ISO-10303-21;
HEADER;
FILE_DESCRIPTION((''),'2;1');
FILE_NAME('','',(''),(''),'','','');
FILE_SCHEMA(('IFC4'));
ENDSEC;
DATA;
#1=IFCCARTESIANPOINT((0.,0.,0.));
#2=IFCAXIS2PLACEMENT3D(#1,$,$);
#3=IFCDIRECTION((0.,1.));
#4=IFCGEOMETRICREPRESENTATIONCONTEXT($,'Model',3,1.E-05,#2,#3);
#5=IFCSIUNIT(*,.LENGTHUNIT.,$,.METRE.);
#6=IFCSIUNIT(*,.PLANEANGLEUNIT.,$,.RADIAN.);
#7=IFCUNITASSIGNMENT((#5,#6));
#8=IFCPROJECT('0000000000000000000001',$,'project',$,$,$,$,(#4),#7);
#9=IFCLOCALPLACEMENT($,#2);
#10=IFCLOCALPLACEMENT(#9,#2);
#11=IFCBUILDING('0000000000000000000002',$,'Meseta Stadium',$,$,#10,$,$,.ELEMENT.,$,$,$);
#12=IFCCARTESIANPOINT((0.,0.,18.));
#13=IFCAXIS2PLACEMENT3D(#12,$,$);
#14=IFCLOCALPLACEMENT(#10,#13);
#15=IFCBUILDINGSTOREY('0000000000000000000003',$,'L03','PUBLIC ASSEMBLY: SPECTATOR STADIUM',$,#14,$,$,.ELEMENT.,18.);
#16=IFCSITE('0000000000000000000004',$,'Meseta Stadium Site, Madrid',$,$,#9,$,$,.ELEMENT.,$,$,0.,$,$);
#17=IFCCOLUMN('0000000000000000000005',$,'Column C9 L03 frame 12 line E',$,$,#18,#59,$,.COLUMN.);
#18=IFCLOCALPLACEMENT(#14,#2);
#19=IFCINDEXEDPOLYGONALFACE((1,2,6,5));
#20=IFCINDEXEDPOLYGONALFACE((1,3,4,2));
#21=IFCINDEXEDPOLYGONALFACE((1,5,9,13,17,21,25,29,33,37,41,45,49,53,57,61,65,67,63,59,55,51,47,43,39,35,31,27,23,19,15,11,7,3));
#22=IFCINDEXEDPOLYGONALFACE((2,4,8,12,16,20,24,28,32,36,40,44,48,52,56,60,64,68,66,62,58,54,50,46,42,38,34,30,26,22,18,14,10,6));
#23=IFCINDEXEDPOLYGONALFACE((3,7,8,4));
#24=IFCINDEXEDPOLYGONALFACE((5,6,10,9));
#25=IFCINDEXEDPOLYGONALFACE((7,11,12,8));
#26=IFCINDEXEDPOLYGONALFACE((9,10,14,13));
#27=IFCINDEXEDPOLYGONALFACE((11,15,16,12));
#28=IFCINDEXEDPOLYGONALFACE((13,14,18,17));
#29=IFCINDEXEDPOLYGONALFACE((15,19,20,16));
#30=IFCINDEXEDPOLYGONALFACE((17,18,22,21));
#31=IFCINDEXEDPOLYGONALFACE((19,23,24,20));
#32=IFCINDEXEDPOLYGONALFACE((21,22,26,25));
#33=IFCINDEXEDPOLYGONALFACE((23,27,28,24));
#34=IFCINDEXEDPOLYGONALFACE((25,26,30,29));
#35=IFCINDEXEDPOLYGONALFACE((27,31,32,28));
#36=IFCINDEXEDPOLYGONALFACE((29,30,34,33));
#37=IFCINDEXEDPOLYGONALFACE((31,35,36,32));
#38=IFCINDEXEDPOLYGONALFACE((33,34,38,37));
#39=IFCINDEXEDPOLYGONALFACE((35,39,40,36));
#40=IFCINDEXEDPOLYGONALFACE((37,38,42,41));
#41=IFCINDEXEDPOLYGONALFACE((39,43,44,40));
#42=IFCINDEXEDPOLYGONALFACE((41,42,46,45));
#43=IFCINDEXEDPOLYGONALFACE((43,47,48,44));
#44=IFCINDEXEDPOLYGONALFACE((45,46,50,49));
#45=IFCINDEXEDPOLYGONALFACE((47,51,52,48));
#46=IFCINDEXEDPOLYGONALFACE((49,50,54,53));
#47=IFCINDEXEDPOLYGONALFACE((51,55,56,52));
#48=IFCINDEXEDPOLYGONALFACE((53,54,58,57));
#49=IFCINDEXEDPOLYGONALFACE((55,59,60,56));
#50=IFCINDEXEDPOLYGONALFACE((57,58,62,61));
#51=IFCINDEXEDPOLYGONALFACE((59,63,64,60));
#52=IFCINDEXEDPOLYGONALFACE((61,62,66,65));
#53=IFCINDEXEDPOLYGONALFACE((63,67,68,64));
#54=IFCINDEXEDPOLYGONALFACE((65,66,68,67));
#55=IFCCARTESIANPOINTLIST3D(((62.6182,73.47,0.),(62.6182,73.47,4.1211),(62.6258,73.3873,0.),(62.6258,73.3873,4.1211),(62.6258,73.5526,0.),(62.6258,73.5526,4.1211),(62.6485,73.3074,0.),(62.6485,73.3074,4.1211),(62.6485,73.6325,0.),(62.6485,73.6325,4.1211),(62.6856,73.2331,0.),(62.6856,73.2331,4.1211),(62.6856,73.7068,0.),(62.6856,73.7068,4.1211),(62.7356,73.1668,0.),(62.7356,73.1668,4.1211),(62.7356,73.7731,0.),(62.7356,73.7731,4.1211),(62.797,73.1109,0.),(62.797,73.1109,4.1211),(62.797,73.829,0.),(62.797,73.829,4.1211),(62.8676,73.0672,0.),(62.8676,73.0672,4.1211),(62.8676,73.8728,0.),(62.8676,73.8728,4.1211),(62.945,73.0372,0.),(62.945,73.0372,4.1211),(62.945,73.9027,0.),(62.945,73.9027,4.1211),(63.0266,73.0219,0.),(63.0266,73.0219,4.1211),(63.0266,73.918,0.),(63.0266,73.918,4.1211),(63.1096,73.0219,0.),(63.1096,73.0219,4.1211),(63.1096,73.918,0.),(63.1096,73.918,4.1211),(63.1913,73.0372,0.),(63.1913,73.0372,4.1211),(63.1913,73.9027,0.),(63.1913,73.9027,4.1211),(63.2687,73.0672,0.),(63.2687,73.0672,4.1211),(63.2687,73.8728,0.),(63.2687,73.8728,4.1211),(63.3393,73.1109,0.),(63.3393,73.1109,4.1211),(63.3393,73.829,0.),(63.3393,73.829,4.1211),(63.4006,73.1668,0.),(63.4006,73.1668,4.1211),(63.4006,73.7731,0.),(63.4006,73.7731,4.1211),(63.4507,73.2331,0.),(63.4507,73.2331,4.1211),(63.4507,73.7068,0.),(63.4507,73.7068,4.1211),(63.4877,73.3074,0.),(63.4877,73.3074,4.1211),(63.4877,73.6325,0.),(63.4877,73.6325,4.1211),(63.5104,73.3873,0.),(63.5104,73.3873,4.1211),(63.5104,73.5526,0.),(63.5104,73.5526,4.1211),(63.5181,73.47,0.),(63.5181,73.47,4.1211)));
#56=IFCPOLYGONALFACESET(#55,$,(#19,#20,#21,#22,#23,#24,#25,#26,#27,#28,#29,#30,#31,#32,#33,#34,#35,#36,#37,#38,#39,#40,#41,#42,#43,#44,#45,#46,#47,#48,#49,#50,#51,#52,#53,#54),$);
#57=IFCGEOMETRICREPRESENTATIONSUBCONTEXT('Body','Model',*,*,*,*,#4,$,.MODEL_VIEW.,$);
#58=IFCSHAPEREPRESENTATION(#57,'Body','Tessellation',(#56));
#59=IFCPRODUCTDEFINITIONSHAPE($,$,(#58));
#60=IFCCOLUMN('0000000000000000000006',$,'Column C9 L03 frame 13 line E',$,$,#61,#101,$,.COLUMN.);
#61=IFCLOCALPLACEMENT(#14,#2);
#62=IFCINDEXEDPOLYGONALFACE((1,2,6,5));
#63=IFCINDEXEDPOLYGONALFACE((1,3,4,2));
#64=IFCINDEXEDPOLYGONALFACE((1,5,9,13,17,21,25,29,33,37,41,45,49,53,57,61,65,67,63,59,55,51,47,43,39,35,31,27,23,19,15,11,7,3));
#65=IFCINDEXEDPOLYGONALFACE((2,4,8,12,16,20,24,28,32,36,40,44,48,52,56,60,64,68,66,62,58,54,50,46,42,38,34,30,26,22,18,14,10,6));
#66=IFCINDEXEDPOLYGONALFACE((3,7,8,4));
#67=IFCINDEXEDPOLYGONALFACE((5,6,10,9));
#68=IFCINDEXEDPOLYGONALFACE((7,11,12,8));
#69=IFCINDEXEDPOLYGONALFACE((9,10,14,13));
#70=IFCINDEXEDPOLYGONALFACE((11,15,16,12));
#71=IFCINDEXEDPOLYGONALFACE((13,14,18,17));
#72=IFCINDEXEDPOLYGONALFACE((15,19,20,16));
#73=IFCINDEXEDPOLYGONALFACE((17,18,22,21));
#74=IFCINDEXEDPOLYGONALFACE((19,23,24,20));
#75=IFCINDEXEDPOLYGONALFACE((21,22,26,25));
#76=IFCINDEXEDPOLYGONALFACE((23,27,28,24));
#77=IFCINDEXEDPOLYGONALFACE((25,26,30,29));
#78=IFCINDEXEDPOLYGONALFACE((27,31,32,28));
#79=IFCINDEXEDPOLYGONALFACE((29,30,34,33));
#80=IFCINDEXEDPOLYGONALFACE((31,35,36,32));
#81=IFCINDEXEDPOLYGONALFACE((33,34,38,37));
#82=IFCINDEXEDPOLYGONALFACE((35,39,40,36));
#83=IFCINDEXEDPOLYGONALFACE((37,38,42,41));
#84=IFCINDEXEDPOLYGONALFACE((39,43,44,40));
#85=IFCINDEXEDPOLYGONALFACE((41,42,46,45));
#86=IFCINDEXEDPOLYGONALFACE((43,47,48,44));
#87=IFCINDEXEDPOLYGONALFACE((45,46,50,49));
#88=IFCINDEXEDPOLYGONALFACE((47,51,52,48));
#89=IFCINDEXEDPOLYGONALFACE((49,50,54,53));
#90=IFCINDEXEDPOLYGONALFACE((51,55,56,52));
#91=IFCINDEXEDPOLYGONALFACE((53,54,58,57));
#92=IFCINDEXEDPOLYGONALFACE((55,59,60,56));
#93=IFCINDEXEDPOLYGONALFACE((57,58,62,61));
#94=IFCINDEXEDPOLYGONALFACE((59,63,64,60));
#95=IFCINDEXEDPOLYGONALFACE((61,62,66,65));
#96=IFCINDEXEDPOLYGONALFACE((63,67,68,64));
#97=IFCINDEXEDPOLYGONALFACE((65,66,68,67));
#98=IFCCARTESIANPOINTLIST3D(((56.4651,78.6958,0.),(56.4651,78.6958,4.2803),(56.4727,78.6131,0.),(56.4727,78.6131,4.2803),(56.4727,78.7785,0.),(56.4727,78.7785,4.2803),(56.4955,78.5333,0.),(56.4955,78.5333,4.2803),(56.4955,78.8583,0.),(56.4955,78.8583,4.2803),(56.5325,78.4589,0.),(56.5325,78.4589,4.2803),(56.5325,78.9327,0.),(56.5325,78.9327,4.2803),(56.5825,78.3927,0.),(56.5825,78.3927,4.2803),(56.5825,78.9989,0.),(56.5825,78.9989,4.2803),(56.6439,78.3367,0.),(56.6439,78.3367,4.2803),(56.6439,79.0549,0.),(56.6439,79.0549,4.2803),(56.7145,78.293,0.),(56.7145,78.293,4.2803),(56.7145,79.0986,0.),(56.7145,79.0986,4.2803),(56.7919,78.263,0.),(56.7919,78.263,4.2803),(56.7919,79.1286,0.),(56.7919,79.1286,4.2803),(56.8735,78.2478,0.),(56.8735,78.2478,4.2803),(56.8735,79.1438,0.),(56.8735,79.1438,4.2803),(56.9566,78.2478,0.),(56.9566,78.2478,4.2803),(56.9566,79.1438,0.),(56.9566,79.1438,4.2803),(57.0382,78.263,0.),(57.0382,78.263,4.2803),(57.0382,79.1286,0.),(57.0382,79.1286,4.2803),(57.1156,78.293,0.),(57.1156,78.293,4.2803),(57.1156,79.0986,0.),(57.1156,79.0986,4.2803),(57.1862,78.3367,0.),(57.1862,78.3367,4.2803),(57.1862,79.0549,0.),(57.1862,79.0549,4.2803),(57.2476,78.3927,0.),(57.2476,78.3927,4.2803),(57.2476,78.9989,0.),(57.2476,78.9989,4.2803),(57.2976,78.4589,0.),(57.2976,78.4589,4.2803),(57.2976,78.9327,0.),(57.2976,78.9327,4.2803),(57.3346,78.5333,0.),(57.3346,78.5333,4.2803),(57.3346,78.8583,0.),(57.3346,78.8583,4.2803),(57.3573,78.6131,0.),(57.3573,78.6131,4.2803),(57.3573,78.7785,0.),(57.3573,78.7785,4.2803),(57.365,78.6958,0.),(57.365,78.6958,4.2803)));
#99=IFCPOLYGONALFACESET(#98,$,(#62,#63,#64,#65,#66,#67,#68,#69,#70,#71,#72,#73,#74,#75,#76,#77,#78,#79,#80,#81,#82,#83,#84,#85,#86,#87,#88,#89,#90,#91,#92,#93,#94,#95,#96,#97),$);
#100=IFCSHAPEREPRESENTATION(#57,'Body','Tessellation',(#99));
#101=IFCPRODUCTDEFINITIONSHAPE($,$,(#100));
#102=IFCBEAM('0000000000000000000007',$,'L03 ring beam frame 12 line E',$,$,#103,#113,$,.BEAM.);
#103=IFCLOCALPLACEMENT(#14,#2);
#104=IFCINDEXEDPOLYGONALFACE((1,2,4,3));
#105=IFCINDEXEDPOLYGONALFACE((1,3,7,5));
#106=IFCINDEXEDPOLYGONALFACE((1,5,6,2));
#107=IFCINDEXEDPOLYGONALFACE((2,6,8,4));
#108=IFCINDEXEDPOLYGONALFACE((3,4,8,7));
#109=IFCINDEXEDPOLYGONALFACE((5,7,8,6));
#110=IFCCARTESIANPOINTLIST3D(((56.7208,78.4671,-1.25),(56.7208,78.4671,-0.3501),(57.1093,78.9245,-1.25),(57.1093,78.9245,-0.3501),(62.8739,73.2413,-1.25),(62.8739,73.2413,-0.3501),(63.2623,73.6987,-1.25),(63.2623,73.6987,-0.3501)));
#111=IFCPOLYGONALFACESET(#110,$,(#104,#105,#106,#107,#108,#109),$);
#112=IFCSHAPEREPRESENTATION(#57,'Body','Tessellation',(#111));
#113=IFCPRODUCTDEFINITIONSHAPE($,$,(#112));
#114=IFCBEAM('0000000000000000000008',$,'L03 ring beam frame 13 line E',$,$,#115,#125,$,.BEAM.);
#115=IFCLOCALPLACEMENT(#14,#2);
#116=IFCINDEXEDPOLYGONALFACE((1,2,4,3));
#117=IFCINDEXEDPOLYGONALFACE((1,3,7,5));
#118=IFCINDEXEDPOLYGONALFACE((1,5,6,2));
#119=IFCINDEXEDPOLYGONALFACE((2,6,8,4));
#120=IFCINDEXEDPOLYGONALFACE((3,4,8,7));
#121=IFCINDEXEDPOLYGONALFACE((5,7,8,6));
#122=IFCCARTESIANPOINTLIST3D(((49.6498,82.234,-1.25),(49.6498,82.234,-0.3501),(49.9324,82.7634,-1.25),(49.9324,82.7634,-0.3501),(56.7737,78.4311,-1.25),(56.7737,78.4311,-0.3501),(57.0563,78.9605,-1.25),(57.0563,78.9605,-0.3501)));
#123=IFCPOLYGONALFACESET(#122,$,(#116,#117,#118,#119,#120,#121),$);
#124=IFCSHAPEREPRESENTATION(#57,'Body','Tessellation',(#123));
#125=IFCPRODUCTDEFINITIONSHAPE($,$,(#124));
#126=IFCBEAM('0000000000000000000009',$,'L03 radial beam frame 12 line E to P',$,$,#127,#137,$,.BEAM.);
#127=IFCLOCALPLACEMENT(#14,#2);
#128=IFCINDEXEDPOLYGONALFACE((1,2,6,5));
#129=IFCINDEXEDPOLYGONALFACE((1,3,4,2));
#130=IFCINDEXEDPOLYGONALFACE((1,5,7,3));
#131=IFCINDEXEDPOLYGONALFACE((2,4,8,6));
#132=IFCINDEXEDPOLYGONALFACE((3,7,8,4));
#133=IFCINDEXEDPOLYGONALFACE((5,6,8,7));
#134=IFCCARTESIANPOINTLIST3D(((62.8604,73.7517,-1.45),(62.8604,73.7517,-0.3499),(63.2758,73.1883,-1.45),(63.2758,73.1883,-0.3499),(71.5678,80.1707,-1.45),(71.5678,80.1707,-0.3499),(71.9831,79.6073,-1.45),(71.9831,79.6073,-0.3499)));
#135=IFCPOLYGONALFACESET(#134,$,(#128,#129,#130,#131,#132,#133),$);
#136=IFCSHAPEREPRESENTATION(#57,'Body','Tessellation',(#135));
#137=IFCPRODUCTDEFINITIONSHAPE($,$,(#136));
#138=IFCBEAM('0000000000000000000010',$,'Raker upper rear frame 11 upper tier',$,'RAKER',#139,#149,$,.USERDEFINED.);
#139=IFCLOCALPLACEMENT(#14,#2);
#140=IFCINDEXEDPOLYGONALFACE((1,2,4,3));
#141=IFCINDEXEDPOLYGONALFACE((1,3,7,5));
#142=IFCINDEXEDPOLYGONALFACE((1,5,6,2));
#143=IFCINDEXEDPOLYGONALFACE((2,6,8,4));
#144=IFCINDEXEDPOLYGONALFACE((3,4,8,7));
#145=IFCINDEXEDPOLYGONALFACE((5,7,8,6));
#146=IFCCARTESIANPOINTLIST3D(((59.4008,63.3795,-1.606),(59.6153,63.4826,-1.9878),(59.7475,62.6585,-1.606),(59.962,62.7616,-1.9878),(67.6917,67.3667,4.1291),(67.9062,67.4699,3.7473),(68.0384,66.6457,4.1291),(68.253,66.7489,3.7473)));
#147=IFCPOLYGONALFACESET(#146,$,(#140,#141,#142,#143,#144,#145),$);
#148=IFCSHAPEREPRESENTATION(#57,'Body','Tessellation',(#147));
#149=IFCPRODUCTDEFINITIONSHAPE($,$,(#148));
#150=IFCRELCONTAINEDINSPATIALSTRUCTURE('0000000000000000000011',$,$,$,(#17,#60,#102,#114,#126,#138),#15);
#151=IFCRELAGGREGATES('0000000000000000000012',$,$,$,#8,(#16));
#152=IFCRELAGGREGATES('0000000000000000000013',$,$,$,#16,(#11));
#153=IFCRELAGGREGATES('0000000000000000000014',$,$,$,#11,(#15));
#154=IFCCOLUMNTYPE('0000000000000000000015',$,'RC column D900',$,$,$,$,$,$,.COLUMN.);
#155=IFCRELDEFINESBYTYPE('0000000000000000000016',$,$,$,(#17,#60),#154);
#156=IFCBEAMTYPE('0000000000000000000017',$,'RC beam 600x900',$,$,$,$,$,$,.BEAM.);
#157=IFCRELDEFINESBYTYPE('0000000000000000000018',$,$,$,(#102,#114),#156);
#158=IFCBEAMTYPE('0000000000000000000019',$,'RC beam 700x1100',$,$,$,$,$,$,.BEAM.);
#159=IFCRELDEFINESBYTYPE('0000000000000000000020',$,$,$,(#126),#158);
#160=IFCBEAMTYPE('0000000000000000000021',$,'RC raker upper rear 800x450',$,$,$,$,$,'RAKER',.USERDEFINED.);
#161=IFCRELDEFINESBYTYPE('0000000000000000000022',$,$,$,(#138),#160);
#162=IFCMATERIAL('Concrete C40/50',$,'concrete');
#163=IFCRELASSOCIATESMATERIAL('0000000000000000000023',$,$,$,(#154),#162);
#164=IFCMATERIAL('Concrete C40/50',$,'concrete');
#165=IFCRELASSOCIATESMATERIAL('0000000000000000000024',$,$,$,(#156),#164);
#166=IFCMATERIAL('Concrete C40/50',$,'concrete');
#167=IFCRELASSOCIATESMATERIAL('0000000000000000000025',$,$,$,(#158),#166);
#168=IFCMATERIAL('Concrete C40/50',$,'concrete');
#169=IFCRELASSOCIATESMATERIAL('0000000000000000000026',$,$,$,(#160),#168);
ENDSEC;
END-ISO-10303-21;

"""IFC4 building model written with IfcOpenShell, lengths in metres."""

from ifc_helpers import new_model, si_unit, direction, frame, origin, origin_2d, place, context, subcontext, project, spatial, rectangle, circle, extrude, material, material_profile, profile_set, type_object, element, save


model = new_model("IFC4")

# Units and contexts
model_context = context("Model", 3, precision=1e-05, world=origin(), true_north=direction((0.0, 1.0)))
body_context = subcontext(model_context, "Body", "Model", "MODEL_VIEW")
ifc_project = project(units=[si_unit("LENGTHUNIT", "METRE"), si_unit("PLANEANGLEUNIT", "RADIAN")], contexts=[model_context])

# Site, building, storey
site_placement = place(None, origin())
site = spatial("IfcSite", under=ifc_project, at=site_placement, Name="Meseta Stadium Site, Madrid", CompositionType="ELEMENT", RefElevation=0.0)
building_placement = place(site_placement, origin())
building = spatial("IfcBuilding", under=site, at=building_placement, Name="Meseta Stadium", CompositionType="ELEMENT")
storey_placement = place(building_placement, frame((0.0, 0.0, 18.0)))
storey = spatial("IfcBuildingStorey", under=building, at=storey_placement, Name="L03", Description="PUBLIC ASSEMBLY: SPECTATOR STADIUM", CompositionType="ELEMENT", Elevation=18.0)

# Columns
ifc_material_1 = material(Name="Concrete C40/50", Category="concrete")
ifc_material_profile_1 = material_profile(ifc_material_1, circle(Radius=0.45, at=origin_2d()), Name="RC D900")
ifc_profile_set_1 = profile_set([ifc_material_profile_1], Name="Concrete C40/50")
column_type = type_object("IfcColumnType", Name="RC column D900", PredefinedType="COLUMN", material=ifc_profile_set_1)
column_1_placement = place(storey_placement, frame((63.0681, 73.47, 0.0), z_axis=(0.0, 0.0, 1.0), x_axis=(1.0, 0.0, 0.0)))
element("IfcColumn", 1, at=column_1_placement, inside=storey, type_object=column_type, Name="Column C9 L03 frame 12 line E", PredefinedType="COLUMN", context=body_context, shape_type="SweptSolid", body=[
    extrude(circle(Radius=0.45, at=origin_2d()), origin(), (0.0, 0.0, 1.0), 4.1211),
])
column_2_placement = place(storey_placement, frame((56.915, 78.6958, 0.0), z_axis=(0.0, 0.0, 1.0), x_axis=(1.0, 0.0, 0.0)))
element("IfcColumn", 2, at=column_2_placement, inside=storey, type_object=column_type, Name="Column C9 L03 frame 13 line E", PredefinedType="COLUMN", context=body_context, shape_type="SweptSolid", body=[
    extrude(circle(Radius=0.45, at=origin_2d()), origin(), (0.0, 0.0, 1.0), 4.2803),
])

# Beams
ifc_material_2 = material(Name="Concrete C40/50", Category="concrete")
ifc_material_profile_2 = material_profile(ifc_material_2, rectangle(XDim=0.6001, YDim=0.8999, at=origin_2d()), Name="RC 600x900")
ifc_profile_set_2 = profile_set([ifc_material_profile_2], Name="Concrete C40/50")
beam_type_1 = type_object("IfcBeamType", Name="RC beam 600x900", PredefinedType="BEAM", material=ifc_profile_set_2)
beam_1_placement = place(storey_placement, frame((63.0681, 73.47, -0.8), z_axis=(-0.762201, 0.64734, 0.0), x_axis=(-0.64734, -0.762201, 0.0)))
element("IfcBeam", 3, at=beam_1_placement, inside=storey, type_object=beam_type_1, Name="L03 ring beam frame 12 line E", PredefinedType="BEAM", context=body_context, shape_type="SweptSolid", body=[
    extrude(rectangle(XDim=0.6001, YDim=0.8999, at=origin_2d()), origin(), (0.0, 0.0, 1.0), 8.0728),
])
beam_2_placement = place(storey_placement, frame((56.915, 78.6958, -0.8), z_axis=(-0.882173, 0.470926, 0.0), x_axis=(-0.470926, -0.882173, 0.0)))
element("IfcBeam", 4, at=beam_2_placement, inside=storey, type_object=beam_type_1, Name="L03 ring beam frame 13 line E", PredefinedType="BEAM", context=body_context, shape_type="SweptSolid", body=[
    extrude(rectangle(XDim=0.6001, YDim=0.8999, at=origin_2d()), origin(), (0.0, 0.0, 1.0), 8.0754),
])
ifc_material_3 = material(Name="Concrete C40/50", Category="concrete")
ifc_material_profile_3 = material_profile(ifc_material_3, rectangle(XDim=0.7, YDim=1.1001, at=origin_2d()), Name="RC 700x1100")
ifc_profile_set_3 = profile_set([ifc_material_profile_3], Name="Concrete C40/50")
beam_type_2 = type_object("IfcBeamType", Name="RC beam 700x1100", PredefinedType="BEAM", material=ifc_profile_set_3)
beam_3_placement = place(storey_placement, frame((63.0681, 73.47, -0.8999), z_axis=(0.804921, 0.593382, 0.0), x_axis=(-0.593382, 0.804921, 0.0)))
element("IfcBeam", 5, at=beam_3_placement, inside=storey, type_object=beam_type_2, Name="L03 radial beam frame 12 line E to P", PredefinedType="BEAM", context=body_context, shape_type="SweptSolid", body=[
    extrude(rectangle(XDim=0.7, YDim=1.1001, at=origin_2d()), origin(), (0.0, 0.0, 1.0), 10.8176),
])
ifc_material_4 = material(Name="Concrete C40/50", Category="concrete")
ifc_material_profile_4 = material_profile(ifc_material_4, rectangle(XDim=0.8, YDim=0.45, at=origin_2d()), Name="RC 800x450")
ifc_profile_set_4 = profile_set([ifc_material_profile_4], Name="Concrete C40/50")
beam_type_3 = type_object("IfcBeamType", Name="RC raker upper rear 800x450", ElementType="RAKER", PredefinedType="USERDEFINED", material=ifc_profile_set_4)
beam_4_placement = place(storey_placement, frame((59.6814, 63.0706, -1.7969), z_axis=(0.764771, 0.367793, 0.529012), x_axis=(-0.433404, 0.9012, 0.0)))
element("IfcBeam", 6, at=beam_4_placement, inside=storey, type_object=beam_type_3, Name="Raker upper rear frame 11 upper tier", ObjectType="RAKER", PredefinedType="USERDEFINED", context=body_context, shape_type="SweptSolid", body=[
    extrude(rectangle(XDim=0.8, YDim=0.45, at=origin_2d()), origin(), (0.0, 0.0, 1.0), 10.8411),
])

save(model, "model.ifc")
